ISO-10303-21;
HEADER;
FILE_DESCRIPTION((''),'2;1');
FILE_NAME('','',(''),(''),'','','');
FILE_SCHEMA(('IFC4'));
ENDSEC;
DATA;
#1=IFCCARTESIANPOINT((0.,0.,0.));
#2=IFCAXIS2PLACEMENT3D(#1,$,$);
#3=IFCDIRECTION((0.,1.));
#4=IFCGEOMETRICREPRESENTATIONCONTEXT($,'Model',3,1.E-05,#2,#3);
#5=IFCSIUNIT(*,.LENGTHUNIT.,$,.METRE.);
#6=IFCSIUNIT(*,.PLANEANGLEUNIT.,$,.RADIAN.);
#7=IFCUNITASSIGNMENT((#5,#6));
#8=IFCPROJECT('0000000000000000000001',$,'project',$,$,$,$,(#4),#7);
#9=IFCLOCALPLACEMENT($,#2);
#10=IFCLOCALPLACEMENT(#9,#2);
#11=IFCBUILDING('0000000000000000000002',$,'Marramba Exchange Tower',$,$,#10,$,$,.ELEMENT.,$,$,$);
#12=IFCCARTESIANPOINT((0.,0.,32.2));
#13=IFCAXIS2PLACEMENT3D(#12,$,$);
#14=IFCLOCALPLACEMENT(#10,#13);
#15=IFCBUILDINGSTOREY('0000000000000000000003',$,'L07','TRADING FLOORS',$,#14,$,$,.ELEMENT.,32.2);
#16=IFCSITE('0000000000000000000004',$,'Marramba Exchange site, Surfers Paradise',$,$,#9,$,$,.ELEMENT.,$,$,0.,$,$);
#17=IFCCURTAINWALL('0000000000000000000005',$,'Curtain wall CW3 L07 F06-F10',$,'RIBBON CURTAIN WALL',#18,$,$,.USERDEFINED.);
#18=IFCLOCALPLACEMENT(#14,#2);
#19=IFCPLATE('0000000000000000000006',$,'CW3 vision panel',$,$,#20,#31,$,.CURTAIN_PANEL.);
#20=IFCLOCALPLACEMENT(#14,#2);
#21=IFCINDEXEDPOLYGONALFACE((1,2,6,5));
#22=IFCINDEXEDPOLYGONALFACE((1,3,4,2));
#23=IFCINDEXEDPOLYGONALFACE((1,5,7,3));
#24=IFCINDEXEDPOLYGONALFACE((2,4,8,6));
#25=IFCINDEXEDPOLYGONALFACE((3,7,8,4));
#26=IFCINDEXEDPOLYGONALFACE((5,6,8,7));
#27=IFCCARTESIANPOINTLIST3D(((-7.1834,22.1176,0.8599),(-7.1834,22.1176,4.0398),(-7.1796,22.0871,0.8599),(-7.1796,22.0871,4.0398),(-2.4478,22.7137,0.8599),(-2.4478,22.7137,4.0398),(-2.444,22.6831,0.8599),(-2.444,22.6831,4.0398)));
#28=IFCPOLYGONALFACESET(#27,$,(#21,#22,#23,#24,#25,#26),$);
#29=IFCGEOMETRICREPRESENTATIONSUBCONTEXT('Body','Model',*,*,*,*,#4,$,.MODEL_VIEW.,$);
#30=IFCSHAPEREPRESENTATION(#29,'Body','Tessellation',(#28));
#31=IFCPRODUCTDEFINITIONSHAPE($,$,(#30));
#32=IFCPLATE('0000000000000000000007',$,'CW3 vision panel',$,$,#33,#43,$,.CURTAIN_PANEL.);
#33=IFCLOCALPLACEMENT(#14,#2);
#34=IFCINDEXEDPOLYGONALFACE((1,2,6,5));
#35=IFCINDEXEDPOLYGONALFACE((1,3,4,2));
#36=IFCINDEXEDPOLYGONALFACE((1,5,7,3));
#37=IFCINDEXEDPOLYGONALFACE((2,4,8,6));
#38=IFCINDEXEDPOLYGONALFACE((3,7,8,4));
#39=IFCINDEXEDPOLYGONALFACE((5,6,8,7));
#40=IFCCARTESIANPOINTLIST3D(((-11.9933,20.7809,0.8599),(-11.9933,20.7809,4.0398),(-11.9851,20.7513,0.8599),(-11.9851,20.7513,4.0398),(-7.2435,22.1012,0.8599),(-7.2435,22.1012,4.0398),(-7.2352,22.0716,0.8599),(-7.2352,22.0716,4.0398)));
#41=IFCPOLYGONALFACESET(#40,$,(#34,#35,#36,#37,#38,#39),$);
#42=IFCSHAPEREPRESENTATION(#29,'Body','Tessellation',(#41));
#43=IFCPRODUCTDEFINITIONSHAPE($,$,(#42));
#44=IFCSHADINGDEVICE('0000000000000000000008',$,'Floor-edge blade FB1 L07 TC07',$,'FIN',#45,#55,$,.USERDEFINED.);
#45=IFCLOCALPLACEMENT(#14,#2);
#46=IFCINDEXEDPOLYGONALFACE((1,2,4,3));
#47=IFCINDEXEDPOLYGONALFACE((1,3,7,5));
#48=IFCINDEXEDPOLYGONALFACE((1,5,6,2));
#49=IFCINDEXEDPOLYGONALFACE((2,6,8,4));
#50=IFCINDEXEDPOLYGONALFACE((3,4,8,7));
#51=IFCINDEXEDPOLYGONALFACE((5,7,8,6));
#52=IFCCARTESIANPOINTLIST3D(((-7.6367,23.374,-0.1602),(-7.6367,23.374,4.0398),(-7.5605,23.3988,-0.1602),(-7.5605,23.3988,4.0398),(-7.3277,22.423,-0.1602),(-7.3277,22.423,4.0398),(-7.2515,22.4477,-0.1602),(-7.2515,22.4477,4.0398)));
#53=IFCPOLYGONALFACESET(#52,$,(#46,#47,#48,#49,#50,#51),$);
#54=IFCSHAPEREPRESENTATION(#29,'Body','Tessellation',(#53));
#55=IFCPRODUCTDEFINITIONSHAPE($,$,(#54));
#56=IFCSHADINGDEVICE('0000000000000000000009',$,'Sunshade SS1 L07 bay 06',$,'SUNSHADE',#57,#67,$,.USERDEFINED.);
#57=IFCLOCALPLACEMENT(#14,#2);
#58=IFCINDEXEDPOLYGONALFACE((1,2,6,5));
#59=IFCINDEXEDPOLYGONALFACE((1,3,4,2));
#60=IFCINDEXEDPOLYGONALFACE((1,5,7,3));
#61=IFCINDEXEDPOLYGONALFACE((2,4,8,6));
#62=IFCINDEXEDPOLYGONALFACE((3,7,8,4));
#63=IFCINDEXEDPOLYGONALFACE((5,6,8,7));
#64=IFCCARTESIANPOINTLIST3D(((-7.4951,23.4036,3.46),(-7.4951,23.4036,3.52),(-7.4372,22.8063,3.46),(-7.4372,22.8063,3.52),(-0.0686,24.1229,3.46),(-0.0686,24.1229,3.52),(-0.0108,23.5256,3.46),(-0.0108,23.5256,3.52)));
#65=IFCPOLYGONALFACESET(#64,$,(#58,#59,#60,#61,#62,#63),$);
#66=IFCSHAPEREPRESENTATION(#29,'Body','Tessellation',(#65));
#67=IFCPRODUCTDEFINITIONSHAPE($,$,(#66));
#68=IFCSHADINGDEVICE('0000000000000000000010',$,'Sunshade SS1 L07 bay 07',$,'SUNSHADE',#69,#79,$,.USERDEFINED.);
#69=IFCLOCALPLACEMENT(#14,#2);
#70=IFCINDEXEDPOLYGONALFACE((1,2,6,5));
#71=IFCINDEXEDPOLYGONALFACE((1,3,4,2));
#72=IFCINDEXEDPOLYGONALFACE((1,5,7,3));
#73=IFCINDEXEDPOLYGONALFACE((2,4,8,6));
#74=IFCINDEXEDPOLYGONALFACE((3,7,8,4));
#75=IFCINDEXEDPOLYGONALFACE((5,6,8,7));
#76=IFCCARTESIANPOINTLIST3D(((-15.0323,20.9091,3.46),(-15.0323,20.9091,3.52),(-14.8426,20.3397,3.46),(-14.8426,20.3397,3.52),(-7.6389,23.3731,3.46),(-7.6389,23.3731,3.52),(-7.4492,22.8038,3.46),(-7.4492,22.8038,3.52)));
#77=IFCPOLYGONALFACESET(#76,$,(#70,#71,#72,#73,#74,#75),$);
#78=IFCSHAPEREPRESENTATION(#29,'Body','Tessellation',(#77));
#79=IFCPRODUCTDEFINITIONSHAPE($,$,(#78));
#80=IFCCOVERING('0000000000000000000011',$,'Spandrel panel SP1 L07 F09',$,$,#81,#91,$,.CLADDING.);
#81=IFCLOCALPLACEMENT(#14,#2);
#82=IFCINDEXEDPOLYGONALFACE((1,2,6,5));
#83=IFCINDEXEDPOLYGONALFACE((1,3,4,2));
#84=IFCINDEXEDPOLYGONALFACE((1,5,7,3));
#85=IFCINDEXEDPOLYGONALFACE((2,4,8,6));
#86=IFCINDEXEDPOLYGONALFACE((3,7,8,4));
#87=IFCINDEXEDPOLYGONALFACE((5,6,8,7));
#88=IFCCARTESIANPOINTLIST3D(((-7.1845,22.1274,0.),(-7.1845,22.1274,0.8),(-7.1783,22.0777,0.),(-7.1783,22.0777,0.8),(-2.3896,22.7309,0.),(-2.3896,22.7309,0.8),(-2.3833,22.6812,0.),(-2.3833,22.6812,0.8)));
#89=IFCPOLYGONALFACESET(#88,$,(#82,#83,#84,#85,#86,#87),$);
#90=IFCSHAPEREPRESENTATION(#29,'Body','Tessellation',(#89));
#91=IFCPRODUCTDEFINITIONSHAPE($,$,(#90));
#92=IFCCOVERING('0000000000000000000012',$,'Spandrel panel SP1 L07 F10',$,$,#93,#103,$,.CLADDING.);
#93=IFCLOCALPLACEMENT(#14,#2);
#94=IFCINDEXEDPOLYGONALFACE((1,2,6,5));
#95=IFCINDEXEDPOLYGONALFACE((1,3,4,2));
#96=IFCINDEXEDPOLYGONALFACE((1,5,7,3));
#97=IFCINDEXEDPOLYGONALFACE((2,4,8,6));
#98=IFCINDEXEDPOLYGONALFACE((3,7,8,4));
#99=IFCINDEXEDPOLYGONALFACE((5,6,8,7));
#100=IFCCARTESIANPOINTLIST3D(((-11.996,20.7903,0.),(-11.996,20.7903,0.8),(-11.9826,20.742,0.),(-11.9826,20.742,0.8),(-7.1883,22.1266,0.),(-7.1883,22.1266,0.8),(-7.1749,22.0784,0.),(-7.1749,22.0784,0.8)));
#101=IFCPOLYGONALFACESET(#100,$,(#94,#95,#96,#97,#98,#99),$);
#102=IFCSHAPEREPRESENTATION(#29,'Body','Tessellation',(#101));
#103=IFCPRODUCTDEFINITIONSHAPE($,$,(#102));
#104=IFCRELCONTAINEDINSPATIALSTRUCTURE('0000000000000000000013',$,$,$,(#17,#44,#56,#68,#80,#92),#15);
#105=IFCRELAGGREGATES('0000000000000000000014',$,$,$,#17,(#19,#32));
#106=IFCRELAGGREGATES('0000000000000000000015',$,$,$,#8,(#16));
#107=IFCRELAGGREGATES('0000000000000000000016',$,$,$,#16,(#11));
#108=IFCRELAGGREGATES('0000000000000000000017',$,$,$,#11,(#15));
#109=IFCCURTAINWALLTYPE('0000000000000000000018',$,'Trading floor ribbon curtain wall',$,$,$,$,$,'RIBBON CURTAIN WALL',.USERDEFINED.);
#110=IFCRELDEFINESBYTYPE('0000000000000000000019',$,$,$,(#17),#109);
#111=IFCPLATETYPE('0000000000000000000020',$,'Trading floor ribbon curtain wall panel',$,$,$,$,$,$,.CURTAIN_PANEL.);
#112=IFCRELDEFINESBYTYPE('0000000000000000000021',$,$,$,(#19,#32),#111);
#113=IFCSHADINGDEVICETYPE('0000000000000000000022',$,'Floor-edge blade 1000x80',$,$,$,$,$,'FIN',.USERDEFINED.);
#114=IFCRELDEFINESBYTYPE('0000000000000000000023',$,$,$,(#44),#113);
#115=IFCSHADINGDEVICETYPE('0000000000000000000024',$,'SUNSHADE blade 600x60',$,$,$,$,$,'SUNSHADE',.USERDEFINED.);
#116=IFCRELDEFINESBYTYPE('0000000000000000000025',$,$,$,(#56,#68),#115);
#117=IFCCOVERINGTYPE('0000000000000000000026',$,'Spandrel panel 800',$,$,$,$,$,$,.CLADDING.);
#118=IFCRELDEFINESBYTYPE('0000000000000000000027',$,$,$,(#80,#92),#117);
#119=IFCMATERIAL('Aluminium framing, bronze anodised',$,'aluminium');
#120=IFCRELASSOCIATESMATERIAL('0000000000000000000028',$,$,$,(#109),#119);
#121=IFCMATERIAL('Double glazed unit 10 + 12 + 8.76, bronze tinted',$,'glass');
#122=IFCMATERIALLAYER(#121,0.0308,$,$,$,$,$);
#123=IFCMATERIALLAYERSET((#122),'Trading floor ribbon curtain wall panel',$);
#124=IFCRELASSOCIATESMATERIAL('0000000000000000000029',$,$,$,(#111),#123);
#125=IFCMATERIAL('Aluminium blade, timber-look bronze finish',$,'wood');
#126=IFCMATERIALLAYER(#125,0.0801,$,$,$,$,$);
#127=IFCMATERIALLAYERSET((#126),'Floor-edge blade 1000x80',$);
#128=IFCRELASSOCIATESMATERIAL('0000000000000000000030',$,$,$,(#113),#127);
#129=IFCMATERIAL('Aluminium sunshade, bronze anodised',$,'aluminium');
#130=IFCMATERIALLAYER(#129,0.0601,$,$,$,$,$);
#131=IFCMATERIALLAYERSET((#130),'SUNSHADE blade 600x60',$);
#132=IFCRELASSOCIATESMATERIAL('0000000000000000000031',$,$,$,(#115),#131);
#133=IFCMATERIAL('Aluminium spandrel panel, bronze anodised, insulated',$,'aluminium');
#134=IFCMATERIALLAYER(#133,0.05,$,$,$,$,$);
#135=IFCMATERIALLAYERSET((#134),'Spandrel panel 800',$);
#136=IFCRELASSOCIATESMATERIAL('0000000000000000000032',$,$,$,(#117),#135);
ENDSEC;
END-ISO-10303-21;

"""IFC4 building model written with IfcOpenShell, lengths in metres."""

from ifc_helpers import new_model, si_unit, direction, frame, origin, origin_2d, place, context, subcontext, project, spatial, rectangle, extrude, material, layer, layer_set, type_object, element, aggregate, save


model = new_model("IFC4")

# Units and contexts
model_context = context("Model", 3, precision=1e-05, world=origin(), true_north=direction((0.0, 1.0)))
body_context = subcontext(model_context, "Body", "Model", "MODEL_VIEW")
ifc_project = project(units=[si_unit("LENGTHUNIT", "METRE"), si_unit("PLANEANGLEUNIT", "RADIAN")], contexts=[model_context])

# Site, building, storey
site_placement = place(None, origin())
site = spatial("IfcSite", under=ifc_project, at=site_placement, Name="Marramba Exchange site, Surfers Paradise", CompositionType="ELEMENT", RefElevation=0.0)
building_placement = place(site_placement, origin())
building = spatial("IfcBuilding", under=site, at=building_placement, Name="Marramba Exchange Tower", CompositionType="ELEMENT")
storey_placement = place(building_placement, frame((0.0, 0.0, 32.2)))
storey = spatial("IfcBuildingStorey", under=building, at=storey_placement, Name="L07", Description="TRADING FLOORS", CompositionType="ELEMENT", Elevation=32.2)

# Curtain wall
ifc_material_1 = material(Name="Aluminium framing, bronze anodised", Category="aluminium")
curtain_wall_type = type_object("IfcCurtainWallType", Name="Trading floor ribbon curtain wall", ElementType="RIBBON CURTAIN WALL", PredefinedType="USERDEFINED", material=ifc_material_1)
curtain_wall_1_placement = place(storey_placement, origin())
curtain_wall_1 = element("IfcCurtainWall", 1, at=curtain_wall_1_placement, inside=storey, type_object=curtain_wall_type, Name="Curtain wall CW3 L07 F06-F10", ObjectType="RIBBON CURTAIN WALL", PredefinedType="USERDEFINED")

# Plates
ifc_material_2 = material(Name="Double glazed unit 10 + 12 + 8.76, bronze tinted", Category="glass")
ifc_layer_1 = layer(ifc_material_2, 0.0308)
ifc_layer_set_1 = layer_set([ifc_layer_1], Name="Trading floor ribbon curtain wall panel")
plate_type = type_object("IfcPlateType", Name="Trading floor ribbon curtain wall panel", PredefinedType="CURTAIN_PANEL", material=ifc_layer_set_1)
plate_1_placement = place(storey_placement, frame((-4.8137, 22.4004, 0.8599), z_axis=(0.0, 0.0, 1.0), x_axis=(-0.992173, -0.124873, 0.0)))
plate_1 = element("IfcPlate", 2, at=plate_1_placement, type_object=plate_type, Name="CW3 vision panel", PredefinedType="CURTAIN_PANEL", context=body_context, shape_type="SweptSolid", body=[
    extrude(rectangle(XDim=4.7729, YDim=0.0308, at=origin_2d()), origin(), (0.0, 0.0, 1.0), 3.1799),
])
plate_2_placement = place(storey_placement, frame((-9.6143, 21.4263, 0.8599), z_axis=(0.0, 0.0, 1.0), x_axis=(-0.963472, -0.267809, 0.0)))
plate_2 = element("IfcPlate", 3, at=plate_2_placement, type_object=plate_type, Name="CW3 vision panel", PredefinedType="CURTAIN_PANEL", context=body_context, shape_type="SweptSolid", body=[
    extrude(rectangle(XDim=4.9299, YDim=0.0308, at=origin_2d()), origin(), (0.0, 0.0, 1.0), 3.1799),
])
aggregate(curtain_wall_1, [plate_1, plate_2])

# Shading devices
ifc_material_3 = material(Name="Aluminium blade, timber-look bronze finish", Category="wood")
ifc_layer_2 = layer(ifc_material_3, 0.0801)
ifc_layer_set_2 = layer_set([ifc_layer_2], Name="Floor-edge blade 1000x80")
shading_device_type_1 = type_object("IfcShadingDeviceType", Name="Floor-edge blade 1000x80", ElementType="FIN", PredefinedType="USERDEFINED", material=ifc_layer_set_2)
shading_device_1_placement = place(storey_placement, frame((-7.4441, 22.9109, -0.1602), z_axis=(0.0, 0.0, 1.0), x_axis=(-0.309017, 0.951057, 0.0)))
element("IfcShadingDevice", 4, at=shading_device_1_placement, inside=storey, type_object=shading_device_type_1, Name="Floor-edge blade FB1 L07 TC07", ObjectType="FIN", PredefinedType="USERDEFINED", context=body_context, shape_type="SweptSolid", body=[
    extrude(rectangle(XDim=1.0, YDim=0.0801, at=origin_2d()), origin(), (0.0, 0.0, 1.0), 4.2),
])
ifc_material_4 = material(Name="Aluminium sunshade, bronze anodised", Category="aluminium")
ifc_layer_3 = layer(ifc_material_4, 0.0601)
ifc_layer_set_3 = layer_set([ifc_layer_3], Name="SUNSHADE blade 600x60")
shading_device_type_2 = type_object("IfcShadingDeviceType", Name="SUNSHADE blade 600x60", ElementType="SUNSHADE", PredefinedType="USERDEFINED", material=ifc_layer_set_3)
shading_device_2_placement = place(storey_placement, frame((-3.7529, 23.4646, 3.46), z_axis=(0.0, 0.0, 1.0), x_axis=(-0.995343, -0.096398, 0.0)))
element("IfcShadingDevice", 5, at=shading_device_2_placement, inside=storey, type_object=shading_device_type_2, Name="Sunshade SS1 L07 bay 06", ObjectType="SUNSHADE", PredefinedType="USERDEFINED", context=body_context, shape_type="SweptSolid", body=[
    extrude(rectangle(XDim=7.4612, YDim=0.6001, at=origin_2d()), origin(), (0.0, 0.0, 1.0), 0.0601),
])
shading_device_3_placement = place(storey_placement, frame((-11.2407, 21.8564, 3.46), z_axis=(0.0, 0.0, 1.0), x_axis=(-0.948698, -0.316184, 0.0)))
element("IfcShadingDevice", 6, at=shading_device_3_placement, inside=storey, type_object=shading_device_type_2, Name="Sunshade SS1 L07 bay 07", ObjectType="SUNSHADE", PredefinedType="USERDEFINED", context=body_context, shape_type="SweptSolid", body=[
    extrude(rectangle(XDim=7.7932, YDim=0.6001, at=origin_2d()), origin(), (0.0, 0.0, 1.0), 0.0601),
])

# Coverings
ifc_material_5 = material(Name="Aluminium spandrel panel, bronze anodised, insulated", Category="aluminium")
ifc_layer_4 = layer(ifc_material_5, 0.05)
ifc_layer_set_4 = layer_set([ifc_layer_4], Name="Spandrel panel 800")
covering_type = type_object("IfcCoveringType", Name="Spandrel panel 800", PredefinedType="CLADDING", material=ifc_layer_set_4)
covering_1_placement = place(storey_placement, frame((-4.7839, 22.4043, 0.0), z_axis=(0.0, 0.0, 1.0), x_axis=(-0.992173, -0.124873, 0.0)))
element("IfcCovering", 7, at=covering_1_placement, inside=storey, type_object=covering_type, Name="Spandrel panel SP1 L07 F09", PredefinedType="CLADDING", context=body_context, shape_type="SweptSolid", body=[
    extrude(rectangle(XDim=4.8328, YDim=0.05, at=origin_2d()), origin(), (0.0, 0.0, 1.0), 0.8),
])
covering_2_placement = place(storey_placement, frame((-9.5854, 21.4343, 0.0), z_axis=(0.0, 0.0, 1.0), x_axis=(-0.963472, -0.267809, 0.0)))
element("IfcCovering", 8, at=covering_2_placement, inside=storey, type_object=covering_type, Name="Spandrel panel SP1 L07 F10", PredefinedType="CLADDING", context=body_context, shape_type="SweptSolid", body=[
    extrude(rectangle(XDim=4.99, YDim=0.05, at=origin_2d()), origin(), (0.0, 0.0, 1.0), 0.8),
])

save(model, "model.ifc")
